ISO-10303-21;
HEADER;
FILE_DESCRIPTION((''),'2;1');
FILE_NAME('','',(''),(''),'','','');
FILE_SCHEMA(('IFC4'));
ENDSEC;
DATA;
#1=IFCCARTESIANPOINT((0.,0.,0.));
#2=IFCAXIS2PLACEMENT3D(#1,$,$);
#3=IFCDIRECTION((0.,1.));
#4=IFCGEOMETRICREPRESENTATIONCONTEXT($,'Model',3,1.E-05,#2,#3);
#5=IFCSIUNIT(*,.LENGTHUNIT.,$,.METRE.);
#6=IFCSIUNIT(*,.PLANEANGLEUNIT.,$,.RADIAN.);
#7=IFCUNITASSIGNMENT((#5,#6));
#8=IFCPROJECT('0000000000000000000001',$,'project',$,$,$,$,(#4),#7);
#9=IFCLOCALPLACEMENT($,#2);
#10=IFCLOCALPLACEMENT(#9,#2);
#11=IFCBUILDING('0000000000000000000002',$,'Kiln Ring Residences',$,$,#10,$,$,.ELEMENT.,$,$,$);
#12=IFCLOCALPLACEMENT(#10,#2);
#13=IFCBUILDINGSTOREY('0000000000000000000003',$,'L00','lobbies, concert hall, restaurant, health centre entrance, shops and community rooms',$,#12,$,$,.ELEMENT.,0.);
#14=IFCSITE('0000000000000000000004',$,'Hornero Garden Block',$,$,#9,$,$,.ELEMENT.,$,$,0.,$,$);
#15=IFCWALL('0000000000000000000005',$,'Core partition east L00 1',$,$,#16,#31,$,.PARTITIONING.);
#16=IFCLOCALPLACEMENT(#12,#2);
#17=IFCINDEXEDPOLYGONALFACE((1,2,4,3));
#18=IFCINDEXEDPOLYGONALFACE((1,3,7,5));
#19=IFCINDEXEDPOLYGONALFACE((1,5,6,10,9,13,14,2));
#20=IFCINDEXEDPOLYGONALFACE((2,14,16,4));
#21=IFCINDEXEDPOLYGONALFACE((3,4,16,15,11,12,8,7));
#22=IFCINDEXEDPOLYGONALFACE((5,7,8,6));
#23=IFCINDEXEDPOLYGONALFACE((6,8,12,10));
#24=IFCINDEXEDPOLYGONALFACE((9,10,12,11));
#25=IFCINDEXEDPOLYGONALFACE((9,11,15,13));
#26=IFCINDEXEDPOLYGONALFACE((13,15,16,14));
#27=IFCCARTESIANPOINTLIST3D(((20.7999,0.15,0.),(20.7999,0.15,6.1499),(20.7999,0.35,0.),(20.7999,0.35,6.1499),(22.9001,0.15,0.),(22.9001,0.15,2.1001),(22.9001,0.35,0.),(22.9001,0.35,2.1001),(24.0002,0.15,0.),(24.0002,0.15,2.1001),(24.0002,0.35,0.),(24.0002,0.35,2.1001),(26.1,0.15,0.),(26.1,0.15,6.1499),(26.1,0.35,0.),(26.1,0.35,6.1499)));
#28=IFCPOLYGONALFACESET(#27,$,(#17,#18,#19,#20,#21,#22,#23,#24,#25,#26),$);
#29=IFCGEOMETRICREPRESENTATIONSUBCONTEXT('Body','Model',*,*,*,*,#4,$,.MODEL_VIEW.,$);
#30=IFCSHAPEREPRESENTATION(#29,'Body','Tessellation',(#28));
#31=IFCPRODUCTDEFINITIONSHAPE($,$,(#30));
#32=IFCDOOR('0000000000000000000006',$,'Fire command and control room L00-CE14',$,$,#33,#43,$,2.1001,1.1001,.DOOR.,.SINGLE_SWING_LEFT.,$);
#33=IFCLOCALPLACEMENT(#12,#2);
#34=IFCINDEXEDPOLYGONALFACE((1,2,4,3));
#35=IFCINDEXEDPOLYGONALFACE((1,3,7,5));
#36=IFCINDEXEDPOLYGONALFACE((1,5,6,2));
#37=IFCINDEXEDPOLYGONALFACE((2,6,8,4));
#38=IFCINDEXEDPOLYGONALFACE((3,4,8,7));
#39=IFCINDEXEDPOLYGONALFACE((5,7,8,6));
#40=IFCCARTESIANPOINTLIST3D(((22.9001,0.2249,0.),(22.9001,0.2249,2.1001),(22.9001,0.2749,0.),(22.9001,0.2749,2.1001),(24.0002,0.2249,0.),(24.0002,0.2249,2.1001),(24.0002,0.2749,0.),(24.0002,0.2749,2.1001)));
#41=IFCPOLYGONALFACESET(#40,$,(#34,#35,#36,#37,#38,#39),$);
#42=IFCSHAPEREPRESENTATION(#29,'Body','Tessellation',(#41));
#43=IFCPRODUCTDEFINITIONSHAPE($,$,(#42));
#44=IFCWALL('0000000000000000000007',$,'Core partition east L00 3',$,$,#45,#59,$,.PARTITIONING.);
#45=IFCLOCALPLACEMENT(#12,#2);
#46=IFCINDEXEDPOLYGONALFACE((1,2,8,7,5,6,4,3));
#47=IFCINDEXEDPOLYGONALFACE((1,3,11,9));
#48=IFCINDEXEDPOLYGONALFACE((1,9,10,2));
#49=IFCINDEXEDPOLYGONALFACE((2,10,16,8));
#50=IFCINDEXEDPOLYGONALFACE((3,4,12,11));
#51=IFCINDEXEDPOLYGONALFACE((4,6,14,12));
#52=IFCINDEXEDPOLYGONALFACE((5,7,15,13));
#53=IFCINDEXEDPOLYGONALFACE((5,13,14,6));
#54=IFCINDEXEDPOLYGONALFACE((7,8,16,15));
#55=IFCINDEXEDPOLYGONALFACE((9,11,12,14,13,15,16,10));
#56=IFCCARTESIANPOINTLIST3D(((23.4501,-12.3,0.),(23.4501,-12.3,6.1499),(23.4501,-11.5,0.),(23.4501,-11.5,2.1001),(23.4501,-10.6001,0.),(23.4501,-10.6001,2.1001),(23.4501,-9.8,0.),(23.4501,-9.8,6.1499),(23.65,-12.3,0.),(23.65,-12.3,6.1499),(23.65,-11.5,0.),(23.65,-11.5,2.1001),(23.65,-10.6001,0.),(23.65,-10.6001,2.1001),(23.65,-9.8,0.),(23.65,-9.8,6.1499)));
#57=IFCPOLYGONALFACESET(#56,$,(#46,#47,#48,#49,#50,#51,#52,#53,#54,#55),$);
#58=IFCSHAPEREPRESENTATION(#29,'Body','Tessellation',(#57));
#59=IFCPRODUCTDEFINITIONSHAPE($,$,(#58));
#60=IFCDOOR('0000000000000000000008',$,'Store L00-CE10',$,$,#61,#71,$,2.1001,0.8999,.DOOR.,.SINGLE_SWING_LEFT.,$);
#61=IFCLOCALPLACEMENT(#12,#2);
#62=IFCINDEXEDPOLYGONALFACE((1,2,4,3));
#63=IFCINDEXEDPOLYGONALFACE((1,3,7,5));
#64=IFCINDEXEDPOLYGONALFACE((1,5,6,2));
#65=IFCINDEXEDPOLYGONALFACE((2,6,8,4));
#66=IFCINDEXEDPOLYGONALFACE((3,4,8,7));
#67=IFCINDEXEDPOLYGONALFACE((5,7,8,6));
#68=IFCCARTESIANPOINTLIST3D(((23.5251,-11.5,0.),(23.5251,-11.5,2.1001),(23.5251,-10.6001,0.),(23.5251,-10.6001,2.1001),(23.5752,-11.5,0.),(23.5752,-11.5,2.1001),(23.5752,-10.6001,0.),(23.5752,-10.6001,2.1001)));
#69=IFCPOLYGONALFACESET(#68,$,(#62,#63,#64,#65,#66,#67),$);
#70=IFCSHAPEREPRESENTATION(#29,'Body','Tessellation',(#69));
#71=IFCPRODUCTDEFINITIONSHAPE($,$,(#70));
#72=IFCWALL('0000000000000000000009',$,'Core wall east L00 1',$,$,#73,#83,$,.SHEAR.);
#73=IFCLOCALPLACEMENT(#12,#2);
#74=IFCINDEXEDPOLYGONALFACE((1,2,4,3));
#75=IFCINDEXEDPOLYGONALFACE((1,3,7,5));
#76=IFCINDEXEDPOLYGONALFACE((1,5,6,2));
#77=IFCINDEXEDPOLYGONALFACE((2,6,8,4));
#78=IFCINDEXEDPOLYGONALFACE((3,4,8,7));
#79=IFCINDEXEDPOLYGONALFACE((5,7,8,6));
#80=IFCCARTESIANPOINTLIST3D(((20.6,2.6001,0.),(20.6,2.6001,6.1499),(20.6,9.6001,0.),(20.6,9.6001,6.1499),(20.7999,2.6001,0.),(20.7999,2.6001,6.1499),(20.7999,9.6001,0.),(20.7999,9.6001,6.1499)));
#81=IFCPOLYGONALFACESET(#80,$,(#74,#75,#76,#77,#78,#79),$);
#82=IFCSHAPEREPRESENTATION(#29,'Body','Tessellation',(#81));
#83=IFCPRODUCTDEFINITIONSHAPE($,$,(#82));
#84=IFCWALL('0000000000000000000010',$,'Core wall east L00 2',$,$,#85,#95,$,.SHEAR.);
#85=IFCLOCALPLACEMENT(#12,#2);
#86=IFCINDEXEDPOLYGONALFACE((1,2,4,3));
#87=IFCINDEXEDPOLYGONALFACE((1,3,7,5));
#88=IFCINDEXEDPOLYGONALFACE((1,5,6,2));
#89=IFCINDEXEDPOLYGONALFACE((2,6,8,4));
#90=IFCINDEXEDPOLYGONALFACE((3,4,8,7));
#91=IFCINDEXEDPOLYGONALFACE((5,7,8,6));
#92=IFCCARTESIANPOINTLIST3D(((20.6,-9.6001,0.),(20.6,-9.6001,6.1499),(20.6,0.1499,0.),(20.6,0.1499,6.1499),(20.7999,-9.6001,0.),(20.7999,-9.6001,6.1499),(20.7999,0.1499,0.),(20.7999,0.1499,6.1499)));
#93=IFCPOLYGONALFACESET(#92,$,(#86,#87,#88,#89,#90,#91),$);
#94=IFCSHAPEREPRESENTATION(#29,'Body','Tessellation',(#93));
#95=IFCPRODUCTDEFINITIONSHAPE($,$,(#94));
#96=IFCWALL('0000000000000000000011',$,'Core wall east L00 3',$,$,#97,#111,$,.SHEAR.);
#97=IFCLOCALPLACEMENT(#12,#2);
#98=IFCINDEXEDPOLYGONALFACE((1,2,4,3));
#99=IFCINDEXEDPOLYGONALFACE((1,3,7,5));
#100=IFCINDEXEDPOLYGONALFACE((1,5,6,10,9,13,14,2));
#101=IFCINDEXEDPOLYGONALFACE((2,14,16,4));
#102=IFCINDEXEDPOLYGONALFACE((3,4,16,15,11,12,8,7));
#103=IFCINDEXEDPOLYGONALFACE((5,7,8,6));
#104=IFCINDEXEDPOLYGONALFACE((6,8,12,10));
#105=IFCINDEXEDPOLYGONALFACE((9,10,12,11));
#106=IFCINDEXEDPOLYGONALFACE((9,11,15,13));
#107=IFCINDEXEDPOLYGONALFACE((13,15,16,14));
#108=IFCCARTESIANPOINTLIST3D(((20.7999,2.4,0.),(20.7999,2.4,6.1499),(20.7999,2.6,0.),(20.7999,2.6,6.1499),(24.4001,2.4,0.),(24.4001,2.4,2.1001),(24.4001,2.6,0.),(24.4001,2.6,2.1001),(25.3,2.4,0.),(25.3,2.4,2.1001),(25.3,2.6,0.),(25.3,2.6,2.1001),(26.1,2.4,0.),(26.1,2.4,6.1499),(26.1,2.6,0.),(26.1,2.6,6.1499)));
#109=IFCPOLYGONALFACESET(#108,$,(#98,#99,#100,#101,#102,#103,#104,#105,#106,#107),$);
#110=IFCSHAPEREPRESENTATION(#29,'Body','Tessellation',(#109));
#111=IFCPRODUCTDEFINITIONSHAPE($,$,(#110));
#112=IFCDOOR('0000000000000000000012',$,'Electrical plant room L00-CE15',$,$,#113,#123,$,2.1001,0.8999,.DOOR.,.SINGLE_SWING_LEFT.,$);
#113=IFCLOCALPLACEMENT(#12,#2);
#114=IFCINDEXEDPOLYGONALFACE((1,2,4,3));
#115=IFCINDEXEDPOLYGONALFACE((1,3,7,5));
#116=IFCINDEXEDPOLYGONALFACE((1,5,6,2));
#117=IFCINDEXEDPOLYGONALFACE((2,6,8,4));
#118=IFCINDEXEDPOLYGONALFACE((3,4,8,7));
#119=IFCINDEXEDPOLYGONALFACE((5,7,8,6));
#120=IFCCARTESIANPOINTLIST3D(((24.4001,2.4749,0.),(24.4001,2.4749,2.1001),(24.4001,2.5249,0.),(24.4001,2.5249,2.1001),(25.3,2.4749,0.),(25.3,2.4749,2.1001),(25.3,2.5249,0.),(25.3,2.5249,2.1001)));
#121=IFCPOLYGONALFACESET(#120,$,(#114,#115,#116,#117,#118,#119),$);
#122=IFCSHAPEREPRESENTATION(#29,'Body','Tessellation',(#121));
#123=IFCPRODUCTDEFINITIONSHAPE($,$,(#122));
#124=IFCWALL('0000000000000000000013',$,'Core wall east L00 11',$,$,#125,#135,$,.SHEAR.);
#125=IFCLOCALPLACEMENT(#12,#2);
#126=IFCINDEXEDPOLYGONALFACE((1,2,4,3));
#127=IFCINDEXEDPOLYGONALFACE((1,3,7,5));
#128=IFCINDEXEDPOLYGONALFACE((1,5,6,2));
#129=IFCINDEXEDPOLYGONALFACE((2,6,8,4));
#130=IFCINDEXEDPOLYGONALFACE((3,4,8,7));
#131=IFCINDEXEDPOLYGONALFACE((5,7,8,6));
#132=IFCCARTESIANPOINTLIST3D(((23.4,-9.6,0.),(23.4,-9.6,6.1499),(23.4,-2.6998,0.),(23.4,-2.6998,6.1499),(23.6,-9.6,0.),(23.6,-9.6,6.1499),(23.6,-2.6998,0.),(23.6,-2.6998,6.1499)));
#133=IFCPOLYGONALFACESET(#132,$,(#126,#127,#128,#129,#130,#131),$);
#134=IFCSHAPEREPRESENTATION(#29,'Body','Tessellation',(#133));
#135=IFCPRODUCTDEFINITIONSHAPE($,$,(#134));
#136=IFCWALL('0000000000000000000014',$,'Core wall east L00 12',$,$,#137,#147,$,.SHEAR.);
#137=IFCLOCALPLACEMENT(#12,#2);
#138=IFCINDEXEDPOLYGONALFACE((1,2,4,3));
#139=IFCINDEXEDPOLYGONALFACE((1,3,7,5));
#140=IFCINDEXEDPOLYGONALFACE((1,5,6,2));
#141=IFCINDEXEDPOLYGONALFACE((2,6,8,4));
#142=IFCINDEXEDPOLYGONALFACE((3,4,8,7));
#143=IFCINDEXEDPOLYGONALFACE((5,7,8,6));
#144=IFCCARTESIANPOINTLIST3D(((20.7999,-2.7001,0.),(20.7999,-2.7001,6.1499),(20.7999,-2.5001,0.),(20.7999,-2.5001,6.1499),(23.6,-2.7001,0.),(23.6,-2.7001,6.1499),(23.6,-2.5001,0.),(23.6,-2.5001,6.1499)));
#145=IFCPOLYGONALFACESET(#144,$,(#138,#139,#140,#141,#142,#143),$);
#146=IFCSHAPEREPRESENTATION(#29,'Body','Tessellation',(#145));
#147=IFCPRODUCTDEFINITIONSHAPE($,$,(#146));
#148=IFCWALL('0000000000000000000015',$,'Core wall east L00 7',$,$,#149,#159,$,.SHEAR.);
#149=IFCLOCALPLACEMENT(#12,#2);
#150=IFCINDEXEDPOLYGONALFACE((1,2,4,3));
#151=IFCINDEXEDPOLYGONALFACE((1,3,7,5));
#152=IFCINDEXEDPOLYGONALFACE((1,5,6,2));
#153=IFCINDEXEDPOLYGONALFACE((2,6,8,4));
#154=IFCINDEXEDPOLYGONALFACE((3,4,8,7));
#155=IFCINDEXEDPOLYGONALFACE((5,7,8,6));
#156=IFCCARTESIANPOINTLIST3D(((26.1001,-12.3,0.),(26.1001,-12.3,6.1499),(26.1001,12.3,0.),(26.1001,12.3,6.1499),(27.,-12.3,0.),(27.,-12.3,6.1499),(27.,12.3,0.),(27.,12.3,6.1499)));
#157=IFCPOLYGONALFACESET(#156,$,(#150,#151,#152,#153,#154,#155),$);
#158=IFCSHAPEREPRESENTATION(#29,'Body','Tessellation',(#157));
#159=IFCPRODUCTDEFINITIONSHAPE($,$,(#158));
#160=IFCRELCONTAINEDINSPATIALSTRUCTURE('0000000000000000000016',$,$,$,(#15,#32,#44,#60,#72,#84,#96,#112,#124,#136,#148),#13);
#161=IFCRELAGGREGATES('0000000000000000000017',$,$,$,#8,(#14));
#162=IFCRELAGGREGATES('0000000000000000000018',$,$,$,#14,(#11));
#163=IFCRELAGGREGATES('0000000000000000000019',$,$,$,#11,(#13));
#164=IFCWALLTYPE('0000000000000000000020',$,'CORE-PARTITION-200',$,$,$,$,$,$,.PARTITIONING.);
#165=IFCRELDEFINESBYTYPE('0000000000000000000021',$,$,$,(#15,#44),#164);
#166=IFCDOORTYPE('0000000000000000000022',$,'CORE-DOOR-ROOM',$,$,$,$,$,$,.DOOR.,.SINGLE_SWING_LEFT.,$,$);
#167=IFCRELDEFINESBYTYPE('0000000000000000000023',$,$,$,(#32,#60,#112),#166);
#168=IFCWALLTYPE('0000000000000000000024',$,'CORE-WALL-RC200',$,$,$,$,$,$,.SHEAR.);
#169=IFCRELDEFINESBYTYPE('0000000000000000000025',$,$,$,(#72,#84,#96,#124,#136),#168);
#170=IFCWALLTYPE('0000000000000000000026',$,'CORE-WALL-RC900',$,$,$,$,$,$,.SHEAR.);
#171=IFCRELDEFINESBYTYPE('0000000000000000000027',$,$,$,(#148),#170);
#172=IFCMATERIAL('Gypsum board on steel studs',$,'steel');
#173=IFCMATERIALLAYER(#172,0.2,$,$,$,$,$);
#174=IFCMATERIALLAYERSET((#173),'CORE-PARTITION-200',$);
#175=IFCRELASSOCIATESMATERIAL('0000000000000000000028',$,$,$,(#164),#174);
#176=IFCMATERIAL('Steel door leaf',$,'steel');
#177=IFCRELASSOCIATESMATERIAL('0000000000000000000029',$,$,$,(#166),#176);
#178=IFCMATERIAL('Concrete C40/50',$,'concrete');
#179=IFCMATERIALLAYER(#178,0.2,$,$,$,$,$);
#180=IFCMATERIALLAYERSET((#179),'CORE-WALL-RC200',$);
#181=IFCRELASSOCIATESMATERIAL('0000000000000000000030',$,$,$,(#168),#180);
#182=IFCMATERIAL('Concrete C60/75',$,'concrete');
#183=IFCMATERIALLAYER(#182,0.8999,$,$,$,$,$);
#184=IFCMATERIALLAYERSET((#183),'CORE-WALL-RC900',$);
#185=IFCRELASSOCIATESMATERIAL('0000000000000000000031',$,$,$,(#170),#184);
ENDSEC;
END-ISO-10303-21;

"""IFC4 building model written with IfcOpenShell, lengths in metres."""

from ifc_helpers import new_model, si_unit, direction, frame, frame_2d, origin, place, context, subcontext, project, spatial, rectangle, extrude, material, layer, layer_set, type_object, element, fill, save


model = new_model("IFC4")

# Units and contexts
model_context = context("Model", 3, precision=1e-05, world=origin(), true_north=direction((0.0, 1.0)))
body_context = subcontext(model_context, "Body", "Model", "MODEL_VIEW")
ifc_project = project(units=[si_unit("LENGTHUNIT", "METRE"), si_unit("PLANEANGLEUNIT", "RADIAN")], contexts=[model_context])

# Site, building, storey
site_placement = place(None, origin())
site = spatial("IfcSite", under=ifc_project, at=site_placement, Name="Hornero Garden Block", CompositionType="ELEMENT", RefElevation=0.0)
building_placement = place(site_placement, origin())
building = spatial("IfcBuilding", under=site, at=building_placement, Name="Kiln Ring Residences", CompositionType="ELEMENT")
storey_placement = place(building_placement, origin())
storey = spatial("IfcBuildingStorey", under=building, at=storey_placement, Name="L00", Description="lobbies, concert hall, restaurant, health centre entrance, shops and community rooms", CompositionType="ELEMENT", Elevation=0.0)

# Walls, openings, doors
ifc_material_1 = material(Name="Gypsum board on steel studs", Category="steel")
ifc_layer_1 = layer(ifc_material_1, 0.2)
ifc_layer_set_1 = layer_set([ifc_layer_1], Name="CORE-PARTITION-200")
wall_type_1 = type_object("IfcWallType", Name="CORE-PARTITION-200", PredefinedType="PARTITIONING", material=ifc_layer_set_1)
wall_1_placement = place(storey_placement, frame((20.8, 0.25, 0.0), z_axis=(0.0, 0.0, 1.0), x_axis=(1.0, 0.0, 0.0)))
wall_1 = element("IfcWall", 1, at=wall_1_placement, inside=storey, type_object=wall_type_1, Name="Core partition east L00 1", PredefinedType="PARTITIONING", context=body_context, shape_type="SweptSolid", body=[
    extrude(rectangle(XDim=5.3, YDim=0.2, at=frame_2d((2.6499, 0.0))), origin(), (0.0, 0.0, 1.0), 6.1499),
])
opening_1_placement = place(wall_1_placement, frame((2.1001, 0.0, 0.0)))
opening_1 = element("IfcOpeningElement", 2, at=opening_1_placement, cuts=wall_1, PredefinedType="OPENING", context=body_context, shape_type="SweptSolid", body=[
    extrude(rectangle(XDim=1.1001, YDim=2.1001, at=frame_2d((0.55, 1.05))), frame((0.0, 0.1099, 0.0), z_axis=(0.0, -1.0, 0.0), x_axis=(1.0, 0.0, 0.0)), (0.0, 0.0, 1.0), 0.22),
])
ifc_material_2 = material(Name="Steel door leaf", Category="steel")
door_type = type_object("IfcDoorType", Name="CORE-DOOR-ROOM", OperationType="SINGLE_SWING_LEFT", PredefinedType="DOOR", material=ifc_material_2)
door_1_placement = place(opening_1_placement, origin())
door_1 = element("IfcDoor", 3, at=door_1_placement, inside=storey, type_object=door_type, Name="Fire command and control room L00-CE14", OperationType="SINGLE_SWING_LEFT", OverallHeight=2.1001, OverallWidth=1.1001, PredefinedType="DOOR", context=body_context, shape_type="SweptSolid", body=[
    extrude(rectangle(XDim=1.1001, YDim=2.1001, at=frame_2d((0.55, 1.05))), frame((0.0, 0.0249, 0.0), z_axis=(0.0, -1.0, 0.0), x_axis=(1.0, 0.0, 0.0)), (0.0, 0.0, 1.0), 0.05),
])
fill(opening_1, door_1)
wall_2_placement = place(storey_placement, frame((23.55, -12.3, 0.0), z_axis=(0.0, 0.0, 1.0), x_axis=(0.0, 1.0, 0.0)))
wall_2 = element("IfcWall", 4, at=wall_2_placement, inside=storey, type_object=wall_type_1, Name="Core partition east L00 3", PredefinedType="PARTITIONING", context=body_context, shape_type="SweptSolid", body=[
    extrude(rectangle(XDim=2.5, YDim=0.2, at=frame_2d((1.25, 0.0))), origin(), (0.0, 0.0, 1.0), 6.1499),
])
opening_2_placement = place(wall_2_placement, frame((0.8, 0.0, 0.0)))
opening_2 = element("IfcOpeningElement", 5, at=opening_2_placement, cuts=wall_2, PredefinedType="OPENING", context=body_context, shape_type="SweptSolid", body=[
    extrude(rectangle(XDim=0.8999, YDim=2.1001, at=frame_2d((0.45, 1.05))), frame((0.0, 0.1099, 0.0), z_axis=(0.0, -1.0, 0.0), x_axis=(1.0, 0.0, 0.0)), (0.0, 0.0, 1.0), 0.22),
])
door_2_placement = place(opening_2_placement, origin())
door_2 = element("IfcDoor", 6, at=door_2_placement, inside=storey, type_object=door_type, Name="Store L00-CE10", OperationType="SINGLE_SWING_LEFT", OverallHeight=2.1001, OverallWidth=0.8999, PredefinedType="DOOR", context=body_context, shape_type="SweptSolid", body=[
    extrude(rectangle(XDim=0.8999, YDim=2.1001, at=frame_2d((0.45, 1.05))), frame((0.0, 0.0249, 0.0), z_axis=(0.0, -1.0, 0.0), x_axis=(1.0, 0.0, 0.0)), (0.0, 0.0, 1.0), 0.05),
])
fill(opening_2, door_2)

# Walls
ifc_material_3 = material(Name="Concrete C40/50", Category="concrete")
ifc_layer_2 = layer(ifc_material_3, 0.2)
ifc_layer_set_2 = layer_set([ifc_layer_2], Name="CORE-WALL-RC200")
wall_type_2 = type_object("IfcWallType", Name="CORE-WALL-RC200", PredefinedType="SHEAR", material=ifc_layer_set_2)
wall_3_placement = place(storey_placement, frame((20.7, 2.6001, 0.0), z_axis=(0.0, 0.0, 1.0), x_axis=(0.0, 1.0, 0.0)))
element("IfcWall", 7, at=wall_3_placement, inside=storey, type_object=wall_type_2, Name="Core wall east L00 1", PredefinedType="SHEAR", context=body_context, shape_type="SweptSolid", body=[
    extrude(rectangle(XDim=7.0, YDim=0.2, at=frame_2d((3.5, 0.0))), origin(), (0.0, 0.0, 1.0), 6.1499),
])
wall_4_placement = place(storey_placement, frame((20.7, -9.6001, 0.0), z_axis=(0.0, 0.0, 1.0), x_axis=(0.0, 1.0, 0.0)))
element("IfcWall", 8, at=wall_4_placement, inside=storey, type_object=wall_type_2, Name="Core wall east L00 2", PredefinedType="SHEAR", context=body_context, shape_type="SweptSolid", body=[
    extrude(rectangle(XDim=9.75, YDim=0.2, at=frame_2d((4.875, 0.0))), origin(), (0.0, 0.0, 1.0), 6.1499),
])

# Wall, opening, door
wall_5_placement = place(storey_placement, frame((20.8, 2.5, 0.0), z_axis=(0.0, 0.0, 1.0), x_axis=(1.0, 0.0, 0.0)))
wall_5 = element("IfcWall", 9, at=wall_5_placement, inside=storey, type_object=wall_type_2, Name="Core wall east L00 3", PredefinedType="SHEAR", context=body_context, shape_type="SweptSolid", body=[
    extrude(rectangle(XDim=5.3, YDim=0.2, at=frame_2d((2.6499, 0.0))), origin(), (0.0, 0.0, 1.0), 6.1499),
])
opening_3_placement = place(wall_5_placement, frame((3.6001, 0.0, 0.0)))
opening_3 = element("IfcOpeningElement", 10, at=opening_3_placement, cuts=wall_5, PredefinedType="OPENING", context=body_context, shape_type="SweptSolid", body=[
    extrude(rectangle(XDim=0.8999, YDim=2.1001, at=frame_2d((0.45, 1.05))), frame((0.0, 0.1099, 0.0), z_axis=(0.0, -1.0, 0.0), x_axis=(1.0, 0.0, 0.0)), (0.0, 0.0, 1.0), 0.22),
])
door_3_placement = place(opening_3_placement, origin())
door_3 = element("IfcDoor", 11, at=door_3_placement, inside=storey, type_object=door_type, Name="Electrical plant room L00-CE15", OperationType="SINGLE_SWING_LEFT", OverallHeight=2.1001, OverallWidth=0.8999, PredefinedType="DOOR", context=body_context, shape_type="SweptSolid", body=[
    extrude(rectangle(XDim=0.8999, YDim=2.1001, at=frame_2d((0.45, 1.05))), frame((0.0, 0.0249, 0.0), z_axis=(0.0, -1.0, 0.0), x_axis=(1.0, 0.0, 0.0)), (0.0, 0.0, 1.0), 0.05),
])
fill(opening_3, door_3)

# Walls
wall_6_placement = place(storey_placement, frame((23.5, -9.6001, 0.0), z_axis=(0.0, 0.0, 1.0), x_axis=(0.0, 1.0, 0.0)))
element("IfcWall", 12, at=wall_6_placement, inside=storey, type_object=wall_type_2, Name="Core wall east L00 11", PredefinedType="SHEAR", context=body_context, shape_type="SweptSolid", body=[
    extrude(rectangle(XDim=6.9001, YDim=0.2, at=frame_2d((3.4502, 0.0))), origin(), (0.0, 0.0, 1.0), 6.1499),
])
wall_7_placement = place(storey_placement, frame((20.8, -2.6001, 0.0), z_axis=(0.0, 0.0, 1.0), x_axis=(1.0, 0.0, 0.0)))
element("IfcWall", 13, at=wall_7_placement, inside=storey, type_object=wall_type_2, Name="Core wall east L00 12", PredefinedType="SHEAR", context=body_context, shape_type="SweptSolid", body=[
    extrude(rectangle(XDim=2.8, YDim=0.2, at=frame_2d((1.3999, 0.0))), origin(), (0.0, 0.0, 1.0), 6.1499),
])
ifc_material_4 = material(Name="Concrete C60/75", Category="concrete")
ifc_layer_3 = layer(ifc_material_4, 0.8999)
ifc_layer_set_3 = layer_set([ifc_layer_3], Name="CORE-WALL-RC900")
wall_type_3 = type_object("IfcWallType", Name="CORE-WALL-RC900", PredefinedType="SHEAR", material=ifc_layer_set_3)
wall_8_placement = place(storey_placement, frame((26.55, -12.3, 0.0), z_axis=(0.0, 0.0, 1.0), x_axis=(0.0, 1.0, 0.0)))
element("IfcWall", 14, at=wall_8_placement, inside=storey, type_object=wall_type_3, Name="Core wall east L00 7", PredefinedType="SHEAR", context=body_context, shape_type="SweptSolid", body=[
    extrude(rectangle(XDim=24.6001, YDim=0.8999, at=frame_2d((12.3, 0.0))), origin(), (0.0, 0.0, 1.0), 6.1499),
])

save(model, "model.ifc")
